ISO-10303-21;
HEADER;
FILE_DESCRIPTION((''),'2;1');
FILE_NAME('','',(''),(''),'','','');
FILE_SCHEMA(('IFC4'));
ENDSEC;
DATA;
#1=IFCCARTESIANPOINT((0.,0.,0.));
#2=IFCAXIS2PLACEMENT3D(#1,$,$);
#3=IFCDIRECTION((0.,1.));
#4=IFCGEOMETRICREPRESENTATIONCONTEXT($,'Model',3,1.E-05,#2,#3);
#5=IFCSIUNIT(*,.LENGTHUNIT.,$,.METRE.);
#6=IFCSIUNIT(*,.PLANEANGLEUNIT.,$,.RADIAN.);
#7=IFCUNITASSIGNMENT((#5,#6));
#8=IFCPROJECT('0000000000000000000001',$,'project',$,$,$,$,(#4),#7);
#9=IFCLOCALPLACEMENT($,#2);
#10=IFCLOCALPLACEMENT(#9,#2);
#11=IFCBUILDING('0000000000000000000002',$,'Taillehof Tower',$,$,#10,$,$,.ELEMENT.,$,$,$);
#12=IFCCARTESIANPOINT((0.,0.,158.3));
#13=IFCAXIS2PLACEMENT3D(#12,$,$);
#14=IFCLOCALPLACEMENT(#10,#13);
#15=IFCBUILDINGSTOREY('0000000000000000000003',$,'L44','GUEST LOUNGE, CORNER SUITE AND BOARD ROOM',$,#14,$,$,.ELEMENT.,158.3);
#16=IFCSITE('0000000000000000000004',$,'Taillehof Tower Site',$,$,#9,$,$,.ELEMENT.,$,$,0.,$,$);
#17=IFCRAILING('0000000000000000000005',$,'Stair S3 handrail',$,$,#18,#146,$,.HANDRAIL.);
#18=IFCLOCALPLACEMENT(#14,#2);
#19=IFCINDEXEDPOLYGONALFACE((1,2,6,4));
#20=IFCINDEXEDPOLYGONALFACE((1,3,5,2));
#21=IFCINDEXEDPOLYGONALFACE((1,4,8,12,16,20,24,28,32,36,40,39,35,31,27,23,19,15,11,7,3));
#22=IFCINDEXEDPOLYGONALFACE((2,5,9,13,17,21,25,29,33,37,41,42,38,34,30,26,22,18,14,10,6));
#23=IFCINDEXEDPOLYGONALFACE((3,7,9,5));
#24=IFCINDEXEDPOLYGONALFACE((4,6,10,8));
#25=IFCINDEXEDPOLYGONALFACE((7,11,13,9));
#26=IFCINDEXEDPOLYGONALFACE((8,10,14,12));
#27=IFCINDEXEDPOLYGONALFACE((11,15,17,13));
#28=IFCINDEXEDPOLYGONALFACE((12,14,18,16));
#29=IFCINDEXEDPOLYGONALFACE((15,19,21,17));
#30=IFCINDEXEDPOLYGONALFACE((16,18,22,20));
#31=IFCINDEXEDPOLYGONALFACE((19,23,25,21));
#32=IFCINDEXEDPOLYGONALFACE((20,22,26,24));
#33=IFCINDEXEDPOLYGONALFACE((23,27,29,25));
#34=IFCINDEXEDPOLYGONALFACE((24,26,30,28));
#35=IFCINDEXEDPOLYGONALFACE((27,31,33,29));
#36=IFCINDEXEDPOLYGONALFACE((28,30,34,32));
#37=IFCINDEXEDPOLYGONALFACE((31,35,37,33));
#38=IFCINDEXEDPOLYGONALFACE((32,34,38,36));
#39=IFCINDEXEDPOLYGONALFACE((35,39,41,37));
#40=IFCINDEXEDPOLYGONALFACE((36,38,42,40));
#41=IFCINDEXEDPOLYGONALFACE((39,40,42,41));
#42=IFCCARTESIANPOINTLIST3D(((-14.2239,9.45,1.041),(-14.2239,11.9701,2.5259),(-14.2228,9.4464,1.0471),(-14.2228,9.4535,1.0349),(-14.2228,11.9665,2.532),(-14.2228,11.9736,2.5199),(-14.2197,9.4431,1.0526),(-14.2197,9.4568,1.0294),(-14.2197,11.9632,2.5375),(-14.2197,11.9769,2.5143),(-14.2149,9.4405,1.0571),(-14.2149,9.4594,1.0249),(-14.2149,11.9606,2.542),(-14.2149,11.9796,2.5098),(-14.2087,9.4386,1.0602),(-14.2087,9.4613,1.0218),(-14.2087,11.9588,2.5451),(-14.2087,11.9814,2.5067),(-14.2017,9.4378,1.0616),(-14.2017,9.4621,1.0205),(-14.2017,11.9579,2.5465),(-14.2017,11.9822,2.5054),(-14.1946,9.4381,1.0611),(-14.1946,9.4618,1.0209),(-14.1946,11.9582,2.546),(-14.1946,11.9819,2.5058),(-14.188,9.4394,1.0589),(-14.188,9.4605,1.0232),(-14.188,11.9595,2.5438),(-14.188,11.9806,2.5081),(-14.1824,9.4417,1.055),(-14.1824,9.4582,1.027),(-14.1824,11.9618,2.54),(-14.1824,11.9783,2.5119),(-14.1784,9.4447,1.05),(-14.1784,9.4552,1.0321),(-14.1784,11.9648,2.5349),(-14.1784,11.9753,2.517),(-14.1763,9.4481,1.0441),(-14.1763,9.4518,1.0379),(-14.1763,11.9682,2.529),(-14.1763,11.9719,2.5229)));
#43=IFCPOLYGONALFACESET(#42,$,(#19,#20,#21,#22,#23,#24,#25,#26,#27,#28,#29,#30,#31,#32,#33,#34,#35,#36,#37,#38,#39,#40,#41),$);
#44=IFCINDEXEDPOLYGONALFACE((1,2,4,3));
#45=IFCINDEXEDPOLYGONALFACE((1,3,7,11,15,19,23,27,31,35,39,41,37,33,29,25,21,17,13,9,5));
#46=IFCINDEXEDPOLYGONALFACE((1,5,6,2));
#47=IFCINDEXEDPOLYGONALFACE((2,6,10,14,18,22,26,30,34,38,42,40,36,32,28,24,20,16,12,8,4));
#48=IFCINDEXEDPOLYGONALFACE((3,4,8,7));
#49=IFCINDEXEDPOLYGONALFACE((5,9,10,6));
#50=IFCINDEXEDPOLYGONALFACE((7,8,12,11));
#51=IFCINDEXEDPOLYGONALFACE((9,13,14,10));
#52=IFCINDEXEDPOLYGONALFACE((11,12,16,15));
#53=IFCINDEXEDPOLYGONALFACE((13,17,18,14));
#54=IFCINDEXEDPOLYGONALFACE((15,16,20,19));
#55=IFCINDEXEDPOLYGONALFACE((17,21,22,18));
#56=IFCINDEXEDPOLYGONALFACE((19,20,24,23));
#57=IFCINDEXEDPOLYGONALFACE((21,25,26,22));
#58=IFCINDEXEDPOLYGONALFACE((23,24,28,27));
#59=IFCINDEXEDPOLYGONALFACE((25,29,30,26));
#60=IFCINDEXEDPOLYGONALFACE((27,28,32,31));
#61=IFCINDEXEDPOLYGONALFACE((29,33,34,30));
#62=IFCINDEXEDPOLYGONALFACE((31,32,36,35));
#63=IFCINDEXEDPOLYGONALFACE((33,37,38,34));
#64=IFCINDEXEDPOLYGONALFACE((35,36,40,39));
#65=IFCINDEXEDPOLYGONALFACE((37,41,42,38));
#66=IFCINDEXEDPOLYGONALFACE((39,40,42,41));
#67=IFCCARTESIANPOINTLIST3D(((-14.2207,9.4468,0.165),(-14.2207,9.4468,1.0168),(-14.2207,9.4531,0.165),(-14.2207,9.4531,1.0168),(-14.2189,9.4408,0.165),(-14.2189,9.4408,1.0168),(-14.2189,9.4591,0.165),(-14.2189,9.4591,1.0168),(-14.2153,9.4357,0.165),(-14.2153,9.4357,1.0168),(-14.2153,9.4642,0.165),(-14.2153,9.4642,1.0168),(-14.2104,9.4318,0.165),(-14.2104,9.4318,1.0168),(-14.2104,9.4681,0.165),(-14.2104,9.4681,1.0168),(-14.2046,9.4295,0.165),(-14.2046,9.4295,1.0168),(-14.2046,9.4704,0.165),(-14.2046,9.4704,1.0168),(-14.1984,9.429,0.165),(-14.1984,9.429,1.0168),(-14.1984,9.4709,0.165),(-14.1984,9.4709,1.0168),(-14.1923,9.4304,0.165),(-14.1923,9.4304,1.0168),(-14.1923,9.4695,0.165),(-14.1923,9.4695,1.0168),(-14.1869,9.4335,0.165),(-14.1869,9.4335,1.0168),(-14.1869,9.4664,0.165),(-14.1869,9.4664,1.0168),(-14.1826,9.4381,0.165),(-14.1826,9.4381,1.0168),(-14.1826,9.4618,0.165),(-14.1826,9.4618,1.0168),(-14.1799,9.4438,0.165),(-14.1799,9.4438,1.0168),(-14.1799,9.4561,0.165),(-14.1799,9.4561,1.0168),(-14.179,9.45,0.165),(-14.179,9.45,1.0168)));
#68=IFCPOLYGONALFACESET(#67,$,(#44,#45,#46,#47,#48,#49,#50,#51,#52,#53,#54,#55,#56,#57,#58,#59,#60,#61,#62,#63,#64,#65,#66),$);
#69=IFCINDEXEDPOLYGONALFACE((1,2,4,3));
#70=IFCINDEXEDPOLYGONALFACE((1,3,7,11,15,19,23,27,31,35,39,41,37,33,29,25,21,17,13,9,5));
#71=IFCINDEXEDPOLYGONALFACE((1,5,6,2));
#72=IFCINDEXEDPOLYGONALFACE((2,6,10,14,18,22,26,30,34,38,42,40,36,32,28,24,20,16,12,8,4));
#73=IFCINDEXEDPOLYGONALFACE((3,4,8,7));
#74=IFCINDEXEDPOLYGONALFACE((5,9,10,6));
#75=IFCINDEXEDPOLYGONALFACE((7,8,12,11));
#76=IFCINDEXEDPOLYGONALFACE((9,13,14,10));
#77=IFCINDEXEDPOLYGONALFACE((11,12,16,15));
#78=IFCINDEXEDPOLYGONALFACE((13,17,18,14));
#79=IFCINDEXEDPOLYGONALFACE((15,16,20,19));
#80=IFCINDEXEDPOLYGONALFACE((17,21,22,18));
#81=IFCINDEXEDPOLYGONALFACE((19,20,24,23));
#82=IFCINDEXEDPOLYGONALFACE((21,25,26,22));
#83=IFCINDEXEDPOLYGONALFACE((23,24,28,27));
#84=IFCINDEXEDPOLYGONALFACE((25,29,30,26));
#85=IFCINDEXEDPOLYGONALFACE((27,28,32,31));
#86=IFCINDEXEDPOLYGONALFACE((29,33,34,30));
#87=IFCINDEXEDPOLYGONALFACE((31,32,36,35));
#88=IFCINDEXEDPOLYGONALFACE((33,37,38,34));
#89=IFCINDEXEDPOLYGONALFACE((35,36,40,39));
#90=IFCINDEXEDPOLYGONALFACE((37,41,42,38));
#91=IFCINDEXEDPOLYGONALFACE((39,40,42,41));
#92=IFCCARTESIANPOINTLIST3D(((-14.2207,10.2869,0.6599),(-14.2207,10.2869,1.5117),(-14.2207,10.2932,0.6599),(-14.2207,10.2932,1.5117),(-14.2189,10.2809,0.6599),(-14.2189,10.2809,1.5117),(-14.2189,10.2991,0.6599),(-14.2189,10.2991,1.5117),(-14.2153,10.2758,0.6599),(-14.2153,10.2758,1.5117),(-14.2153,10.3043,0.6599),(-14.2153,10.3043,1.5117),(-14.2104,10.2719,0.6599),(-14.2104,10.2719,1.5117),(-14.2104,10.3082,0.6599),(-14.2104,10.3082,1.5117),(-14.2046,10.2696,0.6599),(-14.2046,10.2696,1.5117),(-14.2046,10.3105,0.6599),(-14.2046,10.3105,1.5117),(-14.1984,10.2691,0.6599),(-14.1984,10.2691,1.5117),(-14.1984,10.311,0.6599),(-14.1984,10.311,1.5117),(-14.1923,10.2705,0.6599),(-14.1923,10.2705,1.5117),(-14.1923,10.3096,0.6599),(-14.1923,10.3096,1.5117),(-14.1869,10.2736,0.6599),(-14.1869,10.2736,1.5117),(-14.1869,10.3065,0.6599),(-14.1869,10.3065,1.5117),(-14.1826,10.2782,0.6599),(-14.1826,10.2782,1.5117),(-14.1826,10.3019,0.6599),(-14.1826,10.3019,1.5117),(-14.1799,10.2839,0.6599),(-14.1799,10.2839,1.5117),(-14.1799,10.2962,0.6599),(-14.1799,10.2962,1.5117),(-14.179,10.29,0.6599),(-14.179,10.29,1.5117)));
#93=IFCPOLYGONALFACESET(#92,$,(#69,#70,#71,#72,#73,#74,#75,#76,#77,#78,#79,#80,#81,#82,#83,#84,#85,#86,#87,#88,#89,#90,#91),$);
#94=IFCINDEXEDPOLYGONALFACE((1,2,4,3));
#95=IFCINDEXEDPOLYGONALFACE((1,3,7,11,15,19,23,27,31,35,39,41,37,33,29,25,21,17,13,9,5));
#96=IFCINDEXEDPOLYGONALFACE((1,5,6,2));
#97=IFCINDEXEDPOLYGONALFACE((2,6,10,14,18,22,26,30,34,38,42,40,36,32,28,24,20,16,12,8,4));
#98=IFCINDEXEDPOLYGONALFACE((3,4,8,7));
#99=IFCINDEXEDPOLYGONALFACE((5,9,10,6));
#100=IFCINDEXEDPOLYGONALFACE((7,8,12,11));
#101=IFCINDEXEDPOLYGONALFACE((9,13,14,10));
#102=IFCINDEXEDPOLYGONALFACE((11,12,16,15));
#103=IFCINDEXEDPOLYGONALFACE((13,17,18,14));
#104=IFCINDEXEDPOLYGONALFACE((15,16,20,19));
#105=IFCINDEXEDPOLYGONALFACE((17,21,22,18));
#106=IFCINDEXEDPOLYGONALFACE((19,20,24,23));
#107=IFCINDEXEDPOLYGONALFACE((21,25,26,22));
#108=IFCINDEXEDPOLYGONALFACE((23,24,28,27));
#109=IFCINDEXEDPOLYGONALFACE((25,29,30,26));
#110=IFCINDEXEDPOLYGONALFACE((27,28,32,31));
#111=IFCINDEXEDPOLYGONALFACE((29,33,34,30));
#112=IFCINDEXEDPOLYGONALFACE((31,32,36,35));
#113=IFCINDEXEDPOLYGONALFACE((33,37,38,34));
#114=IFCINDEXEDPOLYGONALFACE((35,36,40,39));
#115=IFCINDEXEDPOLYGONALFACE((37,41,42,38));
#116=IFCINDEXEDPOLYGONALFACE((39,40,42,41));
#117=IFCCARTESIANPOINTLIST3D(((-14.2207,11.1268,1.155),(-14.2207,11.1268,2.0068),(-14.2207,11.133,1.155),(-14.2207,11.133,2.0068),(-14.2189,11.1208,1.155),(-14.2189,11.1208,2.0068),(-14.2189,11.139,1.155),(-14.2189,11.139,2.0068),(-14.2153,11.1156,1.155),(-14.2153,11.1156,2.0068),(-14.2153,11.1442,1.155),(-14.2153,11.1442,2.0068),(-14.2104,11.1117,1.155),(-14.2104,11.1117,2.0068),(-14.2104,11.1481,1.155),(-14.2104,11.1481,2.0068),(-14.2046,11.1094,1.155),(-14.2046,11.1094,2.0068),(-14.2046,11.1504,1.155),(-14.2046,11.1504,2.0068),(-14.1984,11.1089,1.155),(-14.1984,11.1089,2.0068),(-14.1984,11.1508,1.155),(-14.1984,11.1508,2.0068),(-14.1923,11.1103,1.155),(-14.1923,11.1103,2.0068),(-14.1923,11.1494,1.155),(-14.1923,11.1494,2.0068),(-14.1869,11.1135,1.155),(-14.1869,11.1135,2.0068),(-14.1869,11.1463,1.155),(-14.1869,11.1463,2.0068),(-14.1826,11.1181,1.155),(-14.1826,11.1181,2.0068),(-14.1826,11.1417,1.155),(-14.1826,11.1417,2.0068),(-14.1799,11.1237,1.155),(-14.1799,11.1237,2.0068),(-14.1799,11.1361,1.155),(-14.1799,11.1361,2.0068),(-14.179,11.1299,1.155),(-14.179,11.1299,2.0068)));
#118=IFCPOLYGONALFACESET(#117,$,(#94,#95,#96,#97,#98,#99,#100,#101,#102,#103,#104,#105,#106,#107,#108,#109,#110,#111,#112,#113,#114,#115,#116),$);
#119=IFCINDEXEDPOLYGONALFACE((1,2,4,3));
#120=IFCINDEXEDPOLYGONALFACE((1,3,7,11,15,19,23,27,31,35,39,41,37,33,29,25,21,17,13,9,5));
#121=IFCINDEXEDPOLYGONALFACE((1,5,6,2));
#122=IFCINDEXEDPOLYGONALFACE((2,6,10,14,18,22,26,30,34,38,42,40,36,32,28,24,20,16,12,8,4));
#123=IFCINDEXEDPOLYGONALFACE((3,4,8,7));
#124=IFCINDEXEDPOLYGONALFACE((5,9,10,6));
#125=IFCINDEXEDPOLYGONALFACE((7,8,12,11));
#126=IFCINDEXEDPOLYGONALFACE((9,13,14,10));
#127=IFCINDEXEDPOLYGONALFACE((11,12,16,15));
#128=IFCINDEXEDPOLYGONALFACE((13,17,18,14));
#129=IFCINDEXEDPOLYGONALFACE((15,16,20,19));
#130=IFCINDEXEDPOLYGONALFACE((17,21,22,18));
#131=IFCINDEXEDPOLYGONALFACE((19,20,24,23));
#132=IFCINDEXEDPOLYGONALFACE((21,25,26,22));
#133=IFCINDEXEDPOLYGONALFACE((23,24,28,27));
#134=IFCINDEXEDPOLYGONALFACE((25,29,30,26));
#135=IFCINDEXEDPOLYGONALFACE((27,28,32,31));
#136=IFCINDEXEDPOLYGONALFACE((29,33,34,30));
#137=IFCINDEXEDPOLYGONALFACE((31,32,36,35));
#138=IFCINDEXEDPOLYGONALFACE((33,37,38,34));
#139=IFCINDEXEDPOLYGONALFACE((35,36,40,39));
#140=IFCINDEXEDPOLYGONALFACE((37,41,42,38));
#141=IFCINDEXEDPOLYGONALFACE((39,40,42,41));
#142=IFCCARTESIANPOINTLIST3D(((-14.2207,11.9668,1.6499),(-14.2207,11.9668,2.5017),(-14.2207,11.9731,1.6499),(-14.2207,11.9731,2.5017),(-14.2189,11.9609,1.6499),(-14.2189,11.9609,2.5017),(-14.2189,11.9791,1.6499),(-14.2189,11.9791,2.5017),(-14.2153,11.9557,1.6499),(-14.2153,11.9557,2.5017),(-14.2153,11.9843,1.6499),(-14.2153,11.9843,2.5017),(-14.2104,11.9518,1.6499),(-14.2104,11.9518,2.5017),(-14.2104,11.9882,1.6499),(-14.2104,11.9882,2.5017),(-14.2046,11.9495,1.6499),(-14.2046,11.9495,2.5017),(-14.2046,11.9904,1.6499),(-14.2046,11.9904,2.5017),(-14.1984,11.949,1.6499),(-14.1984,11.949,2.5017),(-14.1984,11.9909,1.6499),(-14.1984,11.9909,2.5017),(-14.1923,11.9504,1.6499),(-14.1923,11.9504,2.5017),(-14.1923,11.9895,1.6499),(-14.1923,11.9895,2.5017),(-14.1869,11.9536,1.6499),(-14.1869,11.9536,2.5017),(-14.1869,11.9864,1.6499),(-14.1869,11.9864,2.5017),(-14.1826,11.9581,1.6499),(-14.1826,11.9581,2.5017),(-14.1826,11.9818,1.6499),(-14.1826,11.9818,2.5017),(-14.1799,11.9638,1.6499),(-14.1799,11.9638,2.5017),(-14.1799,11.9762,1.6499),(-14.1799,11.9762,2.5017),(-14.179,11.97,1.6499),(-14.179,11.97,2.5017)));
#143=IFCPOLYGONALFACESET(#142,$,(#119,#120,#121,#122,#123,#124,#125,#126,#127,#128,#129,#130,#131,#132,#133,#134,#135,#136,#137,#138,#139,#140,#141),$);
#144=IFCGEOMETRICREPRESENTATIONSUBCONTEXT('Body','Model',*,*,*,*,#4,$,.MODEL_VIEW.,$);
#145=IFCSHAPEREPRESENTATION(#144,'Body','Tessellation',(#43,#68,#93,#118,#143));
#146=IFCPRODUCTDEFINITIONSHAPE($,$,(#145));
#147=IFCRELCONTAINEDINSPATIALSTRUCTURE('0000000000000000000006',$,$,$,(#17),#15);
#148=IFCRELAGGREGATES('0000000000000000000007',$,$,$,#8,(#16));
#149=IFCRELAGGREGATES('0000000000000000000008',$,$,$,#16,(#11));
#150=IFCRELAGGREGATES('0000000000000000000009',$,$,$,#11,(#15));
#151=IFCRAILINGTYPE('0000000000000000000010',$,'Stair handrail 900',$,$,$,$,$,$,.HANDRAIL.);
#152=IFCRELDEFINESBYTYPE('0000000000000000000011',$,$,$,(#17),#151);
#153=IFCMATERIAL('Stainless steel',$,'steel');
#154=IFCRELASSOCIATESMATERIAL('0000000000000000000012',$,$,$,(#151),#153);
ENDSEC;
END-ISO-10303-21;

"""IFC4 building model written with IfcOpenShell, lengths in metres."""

from ifc_helpers import new_model, si_unit, direction, frame, origin, origin_2d, place, context, subcontext, project, spatial, circle, extrude, material, type_object, element, save


model = new_model("IFC4")

# Units and contexts
model_context = context("Model", 3, precision=1e-05, world=origin(), true_north=direction((0.0, 1.0)))
body_context = subcontext(model_context, "Body", "Model", "MODEL_VIEW")
ifc_project = project(units=[si_unit("LENGTHUNIT", "METRE"), si_unit("PLANEANGLEUNIT", "RADIAN")], contexts=[model_context])

# Site, building, storey
site_placement = place(None, origin())
site = spatial("IfcSite", under=ifc_project, at=site_placement, Name="Taillehof Tower Site", CompositionType="ELEMENT", RefElevation=0.0)
building_placement = place(site_placement, origin())
building = spatial("IfcBuilding", under=site, at=building_placement, Name="Taillehof Tower", CompositionType="ELEMENT")
storey_placement = place(building_placement, frame((0.0, 0.0, 158.3)))
storey = spatial("IfcBuildingStorey", under=building, at=storey_placement, Name="L44", Description="GUEST LOUNGE, CORNER SUITE AND BOARD ROOM", CompositionType="ELEMENT", Elevation=158.3)

# Railing
ifc_material_1 = material(Name="Stainless steel", Category="steel")
railing_type = type_object("IfcRailingType", Name="Stair handrail 900", PredefinedType="HANDRAIL", material=ifc_material_1)
railing_placement = place(storey_placement, frame((-14.2, 9.45, 0.165)))
element("IfcRailing", 1, at=railing_placement, inside=storey, type_object=railing_type, Name="Stair S3 handrail", PredefinedType="HANDRAIL", context=body_context, shape_type="SweptSolid", body=[
    extrude(circle(Radius=0.0239, at=origin_2d()), frame((0.0, 0.0, 0.876), z_axis=(0.0, 0.861561, 0.507655), x_axis=(-1.0, 0.0, 0.0)), (0.0, 0.0, 1.0), 2.925),
    extrude(circle(Radius=0.021, at=origin_2d()), origin(), (0.0, 0.0, 1.0), 0.8518),
    extrude(circle(Radius=0.021, at=origin_2d()), frame((0.0, 0.8401, 0.4949)), (0.0, 0.0, 1.0), 0.8518),
    extrude(circle(Radius=0.021, at=origin_2d()), frame((0.0, 1.6799, 0.99)), (0.0, 0.0, 1.0), 0.8518),
    extrude(circle(Radius=0.021, at=origin_2d()), frame((0.0, 2.52, 1.4849)), (0.0, 0.0, 1.0), 0.8518),
])

save(model, "model.ifc")
